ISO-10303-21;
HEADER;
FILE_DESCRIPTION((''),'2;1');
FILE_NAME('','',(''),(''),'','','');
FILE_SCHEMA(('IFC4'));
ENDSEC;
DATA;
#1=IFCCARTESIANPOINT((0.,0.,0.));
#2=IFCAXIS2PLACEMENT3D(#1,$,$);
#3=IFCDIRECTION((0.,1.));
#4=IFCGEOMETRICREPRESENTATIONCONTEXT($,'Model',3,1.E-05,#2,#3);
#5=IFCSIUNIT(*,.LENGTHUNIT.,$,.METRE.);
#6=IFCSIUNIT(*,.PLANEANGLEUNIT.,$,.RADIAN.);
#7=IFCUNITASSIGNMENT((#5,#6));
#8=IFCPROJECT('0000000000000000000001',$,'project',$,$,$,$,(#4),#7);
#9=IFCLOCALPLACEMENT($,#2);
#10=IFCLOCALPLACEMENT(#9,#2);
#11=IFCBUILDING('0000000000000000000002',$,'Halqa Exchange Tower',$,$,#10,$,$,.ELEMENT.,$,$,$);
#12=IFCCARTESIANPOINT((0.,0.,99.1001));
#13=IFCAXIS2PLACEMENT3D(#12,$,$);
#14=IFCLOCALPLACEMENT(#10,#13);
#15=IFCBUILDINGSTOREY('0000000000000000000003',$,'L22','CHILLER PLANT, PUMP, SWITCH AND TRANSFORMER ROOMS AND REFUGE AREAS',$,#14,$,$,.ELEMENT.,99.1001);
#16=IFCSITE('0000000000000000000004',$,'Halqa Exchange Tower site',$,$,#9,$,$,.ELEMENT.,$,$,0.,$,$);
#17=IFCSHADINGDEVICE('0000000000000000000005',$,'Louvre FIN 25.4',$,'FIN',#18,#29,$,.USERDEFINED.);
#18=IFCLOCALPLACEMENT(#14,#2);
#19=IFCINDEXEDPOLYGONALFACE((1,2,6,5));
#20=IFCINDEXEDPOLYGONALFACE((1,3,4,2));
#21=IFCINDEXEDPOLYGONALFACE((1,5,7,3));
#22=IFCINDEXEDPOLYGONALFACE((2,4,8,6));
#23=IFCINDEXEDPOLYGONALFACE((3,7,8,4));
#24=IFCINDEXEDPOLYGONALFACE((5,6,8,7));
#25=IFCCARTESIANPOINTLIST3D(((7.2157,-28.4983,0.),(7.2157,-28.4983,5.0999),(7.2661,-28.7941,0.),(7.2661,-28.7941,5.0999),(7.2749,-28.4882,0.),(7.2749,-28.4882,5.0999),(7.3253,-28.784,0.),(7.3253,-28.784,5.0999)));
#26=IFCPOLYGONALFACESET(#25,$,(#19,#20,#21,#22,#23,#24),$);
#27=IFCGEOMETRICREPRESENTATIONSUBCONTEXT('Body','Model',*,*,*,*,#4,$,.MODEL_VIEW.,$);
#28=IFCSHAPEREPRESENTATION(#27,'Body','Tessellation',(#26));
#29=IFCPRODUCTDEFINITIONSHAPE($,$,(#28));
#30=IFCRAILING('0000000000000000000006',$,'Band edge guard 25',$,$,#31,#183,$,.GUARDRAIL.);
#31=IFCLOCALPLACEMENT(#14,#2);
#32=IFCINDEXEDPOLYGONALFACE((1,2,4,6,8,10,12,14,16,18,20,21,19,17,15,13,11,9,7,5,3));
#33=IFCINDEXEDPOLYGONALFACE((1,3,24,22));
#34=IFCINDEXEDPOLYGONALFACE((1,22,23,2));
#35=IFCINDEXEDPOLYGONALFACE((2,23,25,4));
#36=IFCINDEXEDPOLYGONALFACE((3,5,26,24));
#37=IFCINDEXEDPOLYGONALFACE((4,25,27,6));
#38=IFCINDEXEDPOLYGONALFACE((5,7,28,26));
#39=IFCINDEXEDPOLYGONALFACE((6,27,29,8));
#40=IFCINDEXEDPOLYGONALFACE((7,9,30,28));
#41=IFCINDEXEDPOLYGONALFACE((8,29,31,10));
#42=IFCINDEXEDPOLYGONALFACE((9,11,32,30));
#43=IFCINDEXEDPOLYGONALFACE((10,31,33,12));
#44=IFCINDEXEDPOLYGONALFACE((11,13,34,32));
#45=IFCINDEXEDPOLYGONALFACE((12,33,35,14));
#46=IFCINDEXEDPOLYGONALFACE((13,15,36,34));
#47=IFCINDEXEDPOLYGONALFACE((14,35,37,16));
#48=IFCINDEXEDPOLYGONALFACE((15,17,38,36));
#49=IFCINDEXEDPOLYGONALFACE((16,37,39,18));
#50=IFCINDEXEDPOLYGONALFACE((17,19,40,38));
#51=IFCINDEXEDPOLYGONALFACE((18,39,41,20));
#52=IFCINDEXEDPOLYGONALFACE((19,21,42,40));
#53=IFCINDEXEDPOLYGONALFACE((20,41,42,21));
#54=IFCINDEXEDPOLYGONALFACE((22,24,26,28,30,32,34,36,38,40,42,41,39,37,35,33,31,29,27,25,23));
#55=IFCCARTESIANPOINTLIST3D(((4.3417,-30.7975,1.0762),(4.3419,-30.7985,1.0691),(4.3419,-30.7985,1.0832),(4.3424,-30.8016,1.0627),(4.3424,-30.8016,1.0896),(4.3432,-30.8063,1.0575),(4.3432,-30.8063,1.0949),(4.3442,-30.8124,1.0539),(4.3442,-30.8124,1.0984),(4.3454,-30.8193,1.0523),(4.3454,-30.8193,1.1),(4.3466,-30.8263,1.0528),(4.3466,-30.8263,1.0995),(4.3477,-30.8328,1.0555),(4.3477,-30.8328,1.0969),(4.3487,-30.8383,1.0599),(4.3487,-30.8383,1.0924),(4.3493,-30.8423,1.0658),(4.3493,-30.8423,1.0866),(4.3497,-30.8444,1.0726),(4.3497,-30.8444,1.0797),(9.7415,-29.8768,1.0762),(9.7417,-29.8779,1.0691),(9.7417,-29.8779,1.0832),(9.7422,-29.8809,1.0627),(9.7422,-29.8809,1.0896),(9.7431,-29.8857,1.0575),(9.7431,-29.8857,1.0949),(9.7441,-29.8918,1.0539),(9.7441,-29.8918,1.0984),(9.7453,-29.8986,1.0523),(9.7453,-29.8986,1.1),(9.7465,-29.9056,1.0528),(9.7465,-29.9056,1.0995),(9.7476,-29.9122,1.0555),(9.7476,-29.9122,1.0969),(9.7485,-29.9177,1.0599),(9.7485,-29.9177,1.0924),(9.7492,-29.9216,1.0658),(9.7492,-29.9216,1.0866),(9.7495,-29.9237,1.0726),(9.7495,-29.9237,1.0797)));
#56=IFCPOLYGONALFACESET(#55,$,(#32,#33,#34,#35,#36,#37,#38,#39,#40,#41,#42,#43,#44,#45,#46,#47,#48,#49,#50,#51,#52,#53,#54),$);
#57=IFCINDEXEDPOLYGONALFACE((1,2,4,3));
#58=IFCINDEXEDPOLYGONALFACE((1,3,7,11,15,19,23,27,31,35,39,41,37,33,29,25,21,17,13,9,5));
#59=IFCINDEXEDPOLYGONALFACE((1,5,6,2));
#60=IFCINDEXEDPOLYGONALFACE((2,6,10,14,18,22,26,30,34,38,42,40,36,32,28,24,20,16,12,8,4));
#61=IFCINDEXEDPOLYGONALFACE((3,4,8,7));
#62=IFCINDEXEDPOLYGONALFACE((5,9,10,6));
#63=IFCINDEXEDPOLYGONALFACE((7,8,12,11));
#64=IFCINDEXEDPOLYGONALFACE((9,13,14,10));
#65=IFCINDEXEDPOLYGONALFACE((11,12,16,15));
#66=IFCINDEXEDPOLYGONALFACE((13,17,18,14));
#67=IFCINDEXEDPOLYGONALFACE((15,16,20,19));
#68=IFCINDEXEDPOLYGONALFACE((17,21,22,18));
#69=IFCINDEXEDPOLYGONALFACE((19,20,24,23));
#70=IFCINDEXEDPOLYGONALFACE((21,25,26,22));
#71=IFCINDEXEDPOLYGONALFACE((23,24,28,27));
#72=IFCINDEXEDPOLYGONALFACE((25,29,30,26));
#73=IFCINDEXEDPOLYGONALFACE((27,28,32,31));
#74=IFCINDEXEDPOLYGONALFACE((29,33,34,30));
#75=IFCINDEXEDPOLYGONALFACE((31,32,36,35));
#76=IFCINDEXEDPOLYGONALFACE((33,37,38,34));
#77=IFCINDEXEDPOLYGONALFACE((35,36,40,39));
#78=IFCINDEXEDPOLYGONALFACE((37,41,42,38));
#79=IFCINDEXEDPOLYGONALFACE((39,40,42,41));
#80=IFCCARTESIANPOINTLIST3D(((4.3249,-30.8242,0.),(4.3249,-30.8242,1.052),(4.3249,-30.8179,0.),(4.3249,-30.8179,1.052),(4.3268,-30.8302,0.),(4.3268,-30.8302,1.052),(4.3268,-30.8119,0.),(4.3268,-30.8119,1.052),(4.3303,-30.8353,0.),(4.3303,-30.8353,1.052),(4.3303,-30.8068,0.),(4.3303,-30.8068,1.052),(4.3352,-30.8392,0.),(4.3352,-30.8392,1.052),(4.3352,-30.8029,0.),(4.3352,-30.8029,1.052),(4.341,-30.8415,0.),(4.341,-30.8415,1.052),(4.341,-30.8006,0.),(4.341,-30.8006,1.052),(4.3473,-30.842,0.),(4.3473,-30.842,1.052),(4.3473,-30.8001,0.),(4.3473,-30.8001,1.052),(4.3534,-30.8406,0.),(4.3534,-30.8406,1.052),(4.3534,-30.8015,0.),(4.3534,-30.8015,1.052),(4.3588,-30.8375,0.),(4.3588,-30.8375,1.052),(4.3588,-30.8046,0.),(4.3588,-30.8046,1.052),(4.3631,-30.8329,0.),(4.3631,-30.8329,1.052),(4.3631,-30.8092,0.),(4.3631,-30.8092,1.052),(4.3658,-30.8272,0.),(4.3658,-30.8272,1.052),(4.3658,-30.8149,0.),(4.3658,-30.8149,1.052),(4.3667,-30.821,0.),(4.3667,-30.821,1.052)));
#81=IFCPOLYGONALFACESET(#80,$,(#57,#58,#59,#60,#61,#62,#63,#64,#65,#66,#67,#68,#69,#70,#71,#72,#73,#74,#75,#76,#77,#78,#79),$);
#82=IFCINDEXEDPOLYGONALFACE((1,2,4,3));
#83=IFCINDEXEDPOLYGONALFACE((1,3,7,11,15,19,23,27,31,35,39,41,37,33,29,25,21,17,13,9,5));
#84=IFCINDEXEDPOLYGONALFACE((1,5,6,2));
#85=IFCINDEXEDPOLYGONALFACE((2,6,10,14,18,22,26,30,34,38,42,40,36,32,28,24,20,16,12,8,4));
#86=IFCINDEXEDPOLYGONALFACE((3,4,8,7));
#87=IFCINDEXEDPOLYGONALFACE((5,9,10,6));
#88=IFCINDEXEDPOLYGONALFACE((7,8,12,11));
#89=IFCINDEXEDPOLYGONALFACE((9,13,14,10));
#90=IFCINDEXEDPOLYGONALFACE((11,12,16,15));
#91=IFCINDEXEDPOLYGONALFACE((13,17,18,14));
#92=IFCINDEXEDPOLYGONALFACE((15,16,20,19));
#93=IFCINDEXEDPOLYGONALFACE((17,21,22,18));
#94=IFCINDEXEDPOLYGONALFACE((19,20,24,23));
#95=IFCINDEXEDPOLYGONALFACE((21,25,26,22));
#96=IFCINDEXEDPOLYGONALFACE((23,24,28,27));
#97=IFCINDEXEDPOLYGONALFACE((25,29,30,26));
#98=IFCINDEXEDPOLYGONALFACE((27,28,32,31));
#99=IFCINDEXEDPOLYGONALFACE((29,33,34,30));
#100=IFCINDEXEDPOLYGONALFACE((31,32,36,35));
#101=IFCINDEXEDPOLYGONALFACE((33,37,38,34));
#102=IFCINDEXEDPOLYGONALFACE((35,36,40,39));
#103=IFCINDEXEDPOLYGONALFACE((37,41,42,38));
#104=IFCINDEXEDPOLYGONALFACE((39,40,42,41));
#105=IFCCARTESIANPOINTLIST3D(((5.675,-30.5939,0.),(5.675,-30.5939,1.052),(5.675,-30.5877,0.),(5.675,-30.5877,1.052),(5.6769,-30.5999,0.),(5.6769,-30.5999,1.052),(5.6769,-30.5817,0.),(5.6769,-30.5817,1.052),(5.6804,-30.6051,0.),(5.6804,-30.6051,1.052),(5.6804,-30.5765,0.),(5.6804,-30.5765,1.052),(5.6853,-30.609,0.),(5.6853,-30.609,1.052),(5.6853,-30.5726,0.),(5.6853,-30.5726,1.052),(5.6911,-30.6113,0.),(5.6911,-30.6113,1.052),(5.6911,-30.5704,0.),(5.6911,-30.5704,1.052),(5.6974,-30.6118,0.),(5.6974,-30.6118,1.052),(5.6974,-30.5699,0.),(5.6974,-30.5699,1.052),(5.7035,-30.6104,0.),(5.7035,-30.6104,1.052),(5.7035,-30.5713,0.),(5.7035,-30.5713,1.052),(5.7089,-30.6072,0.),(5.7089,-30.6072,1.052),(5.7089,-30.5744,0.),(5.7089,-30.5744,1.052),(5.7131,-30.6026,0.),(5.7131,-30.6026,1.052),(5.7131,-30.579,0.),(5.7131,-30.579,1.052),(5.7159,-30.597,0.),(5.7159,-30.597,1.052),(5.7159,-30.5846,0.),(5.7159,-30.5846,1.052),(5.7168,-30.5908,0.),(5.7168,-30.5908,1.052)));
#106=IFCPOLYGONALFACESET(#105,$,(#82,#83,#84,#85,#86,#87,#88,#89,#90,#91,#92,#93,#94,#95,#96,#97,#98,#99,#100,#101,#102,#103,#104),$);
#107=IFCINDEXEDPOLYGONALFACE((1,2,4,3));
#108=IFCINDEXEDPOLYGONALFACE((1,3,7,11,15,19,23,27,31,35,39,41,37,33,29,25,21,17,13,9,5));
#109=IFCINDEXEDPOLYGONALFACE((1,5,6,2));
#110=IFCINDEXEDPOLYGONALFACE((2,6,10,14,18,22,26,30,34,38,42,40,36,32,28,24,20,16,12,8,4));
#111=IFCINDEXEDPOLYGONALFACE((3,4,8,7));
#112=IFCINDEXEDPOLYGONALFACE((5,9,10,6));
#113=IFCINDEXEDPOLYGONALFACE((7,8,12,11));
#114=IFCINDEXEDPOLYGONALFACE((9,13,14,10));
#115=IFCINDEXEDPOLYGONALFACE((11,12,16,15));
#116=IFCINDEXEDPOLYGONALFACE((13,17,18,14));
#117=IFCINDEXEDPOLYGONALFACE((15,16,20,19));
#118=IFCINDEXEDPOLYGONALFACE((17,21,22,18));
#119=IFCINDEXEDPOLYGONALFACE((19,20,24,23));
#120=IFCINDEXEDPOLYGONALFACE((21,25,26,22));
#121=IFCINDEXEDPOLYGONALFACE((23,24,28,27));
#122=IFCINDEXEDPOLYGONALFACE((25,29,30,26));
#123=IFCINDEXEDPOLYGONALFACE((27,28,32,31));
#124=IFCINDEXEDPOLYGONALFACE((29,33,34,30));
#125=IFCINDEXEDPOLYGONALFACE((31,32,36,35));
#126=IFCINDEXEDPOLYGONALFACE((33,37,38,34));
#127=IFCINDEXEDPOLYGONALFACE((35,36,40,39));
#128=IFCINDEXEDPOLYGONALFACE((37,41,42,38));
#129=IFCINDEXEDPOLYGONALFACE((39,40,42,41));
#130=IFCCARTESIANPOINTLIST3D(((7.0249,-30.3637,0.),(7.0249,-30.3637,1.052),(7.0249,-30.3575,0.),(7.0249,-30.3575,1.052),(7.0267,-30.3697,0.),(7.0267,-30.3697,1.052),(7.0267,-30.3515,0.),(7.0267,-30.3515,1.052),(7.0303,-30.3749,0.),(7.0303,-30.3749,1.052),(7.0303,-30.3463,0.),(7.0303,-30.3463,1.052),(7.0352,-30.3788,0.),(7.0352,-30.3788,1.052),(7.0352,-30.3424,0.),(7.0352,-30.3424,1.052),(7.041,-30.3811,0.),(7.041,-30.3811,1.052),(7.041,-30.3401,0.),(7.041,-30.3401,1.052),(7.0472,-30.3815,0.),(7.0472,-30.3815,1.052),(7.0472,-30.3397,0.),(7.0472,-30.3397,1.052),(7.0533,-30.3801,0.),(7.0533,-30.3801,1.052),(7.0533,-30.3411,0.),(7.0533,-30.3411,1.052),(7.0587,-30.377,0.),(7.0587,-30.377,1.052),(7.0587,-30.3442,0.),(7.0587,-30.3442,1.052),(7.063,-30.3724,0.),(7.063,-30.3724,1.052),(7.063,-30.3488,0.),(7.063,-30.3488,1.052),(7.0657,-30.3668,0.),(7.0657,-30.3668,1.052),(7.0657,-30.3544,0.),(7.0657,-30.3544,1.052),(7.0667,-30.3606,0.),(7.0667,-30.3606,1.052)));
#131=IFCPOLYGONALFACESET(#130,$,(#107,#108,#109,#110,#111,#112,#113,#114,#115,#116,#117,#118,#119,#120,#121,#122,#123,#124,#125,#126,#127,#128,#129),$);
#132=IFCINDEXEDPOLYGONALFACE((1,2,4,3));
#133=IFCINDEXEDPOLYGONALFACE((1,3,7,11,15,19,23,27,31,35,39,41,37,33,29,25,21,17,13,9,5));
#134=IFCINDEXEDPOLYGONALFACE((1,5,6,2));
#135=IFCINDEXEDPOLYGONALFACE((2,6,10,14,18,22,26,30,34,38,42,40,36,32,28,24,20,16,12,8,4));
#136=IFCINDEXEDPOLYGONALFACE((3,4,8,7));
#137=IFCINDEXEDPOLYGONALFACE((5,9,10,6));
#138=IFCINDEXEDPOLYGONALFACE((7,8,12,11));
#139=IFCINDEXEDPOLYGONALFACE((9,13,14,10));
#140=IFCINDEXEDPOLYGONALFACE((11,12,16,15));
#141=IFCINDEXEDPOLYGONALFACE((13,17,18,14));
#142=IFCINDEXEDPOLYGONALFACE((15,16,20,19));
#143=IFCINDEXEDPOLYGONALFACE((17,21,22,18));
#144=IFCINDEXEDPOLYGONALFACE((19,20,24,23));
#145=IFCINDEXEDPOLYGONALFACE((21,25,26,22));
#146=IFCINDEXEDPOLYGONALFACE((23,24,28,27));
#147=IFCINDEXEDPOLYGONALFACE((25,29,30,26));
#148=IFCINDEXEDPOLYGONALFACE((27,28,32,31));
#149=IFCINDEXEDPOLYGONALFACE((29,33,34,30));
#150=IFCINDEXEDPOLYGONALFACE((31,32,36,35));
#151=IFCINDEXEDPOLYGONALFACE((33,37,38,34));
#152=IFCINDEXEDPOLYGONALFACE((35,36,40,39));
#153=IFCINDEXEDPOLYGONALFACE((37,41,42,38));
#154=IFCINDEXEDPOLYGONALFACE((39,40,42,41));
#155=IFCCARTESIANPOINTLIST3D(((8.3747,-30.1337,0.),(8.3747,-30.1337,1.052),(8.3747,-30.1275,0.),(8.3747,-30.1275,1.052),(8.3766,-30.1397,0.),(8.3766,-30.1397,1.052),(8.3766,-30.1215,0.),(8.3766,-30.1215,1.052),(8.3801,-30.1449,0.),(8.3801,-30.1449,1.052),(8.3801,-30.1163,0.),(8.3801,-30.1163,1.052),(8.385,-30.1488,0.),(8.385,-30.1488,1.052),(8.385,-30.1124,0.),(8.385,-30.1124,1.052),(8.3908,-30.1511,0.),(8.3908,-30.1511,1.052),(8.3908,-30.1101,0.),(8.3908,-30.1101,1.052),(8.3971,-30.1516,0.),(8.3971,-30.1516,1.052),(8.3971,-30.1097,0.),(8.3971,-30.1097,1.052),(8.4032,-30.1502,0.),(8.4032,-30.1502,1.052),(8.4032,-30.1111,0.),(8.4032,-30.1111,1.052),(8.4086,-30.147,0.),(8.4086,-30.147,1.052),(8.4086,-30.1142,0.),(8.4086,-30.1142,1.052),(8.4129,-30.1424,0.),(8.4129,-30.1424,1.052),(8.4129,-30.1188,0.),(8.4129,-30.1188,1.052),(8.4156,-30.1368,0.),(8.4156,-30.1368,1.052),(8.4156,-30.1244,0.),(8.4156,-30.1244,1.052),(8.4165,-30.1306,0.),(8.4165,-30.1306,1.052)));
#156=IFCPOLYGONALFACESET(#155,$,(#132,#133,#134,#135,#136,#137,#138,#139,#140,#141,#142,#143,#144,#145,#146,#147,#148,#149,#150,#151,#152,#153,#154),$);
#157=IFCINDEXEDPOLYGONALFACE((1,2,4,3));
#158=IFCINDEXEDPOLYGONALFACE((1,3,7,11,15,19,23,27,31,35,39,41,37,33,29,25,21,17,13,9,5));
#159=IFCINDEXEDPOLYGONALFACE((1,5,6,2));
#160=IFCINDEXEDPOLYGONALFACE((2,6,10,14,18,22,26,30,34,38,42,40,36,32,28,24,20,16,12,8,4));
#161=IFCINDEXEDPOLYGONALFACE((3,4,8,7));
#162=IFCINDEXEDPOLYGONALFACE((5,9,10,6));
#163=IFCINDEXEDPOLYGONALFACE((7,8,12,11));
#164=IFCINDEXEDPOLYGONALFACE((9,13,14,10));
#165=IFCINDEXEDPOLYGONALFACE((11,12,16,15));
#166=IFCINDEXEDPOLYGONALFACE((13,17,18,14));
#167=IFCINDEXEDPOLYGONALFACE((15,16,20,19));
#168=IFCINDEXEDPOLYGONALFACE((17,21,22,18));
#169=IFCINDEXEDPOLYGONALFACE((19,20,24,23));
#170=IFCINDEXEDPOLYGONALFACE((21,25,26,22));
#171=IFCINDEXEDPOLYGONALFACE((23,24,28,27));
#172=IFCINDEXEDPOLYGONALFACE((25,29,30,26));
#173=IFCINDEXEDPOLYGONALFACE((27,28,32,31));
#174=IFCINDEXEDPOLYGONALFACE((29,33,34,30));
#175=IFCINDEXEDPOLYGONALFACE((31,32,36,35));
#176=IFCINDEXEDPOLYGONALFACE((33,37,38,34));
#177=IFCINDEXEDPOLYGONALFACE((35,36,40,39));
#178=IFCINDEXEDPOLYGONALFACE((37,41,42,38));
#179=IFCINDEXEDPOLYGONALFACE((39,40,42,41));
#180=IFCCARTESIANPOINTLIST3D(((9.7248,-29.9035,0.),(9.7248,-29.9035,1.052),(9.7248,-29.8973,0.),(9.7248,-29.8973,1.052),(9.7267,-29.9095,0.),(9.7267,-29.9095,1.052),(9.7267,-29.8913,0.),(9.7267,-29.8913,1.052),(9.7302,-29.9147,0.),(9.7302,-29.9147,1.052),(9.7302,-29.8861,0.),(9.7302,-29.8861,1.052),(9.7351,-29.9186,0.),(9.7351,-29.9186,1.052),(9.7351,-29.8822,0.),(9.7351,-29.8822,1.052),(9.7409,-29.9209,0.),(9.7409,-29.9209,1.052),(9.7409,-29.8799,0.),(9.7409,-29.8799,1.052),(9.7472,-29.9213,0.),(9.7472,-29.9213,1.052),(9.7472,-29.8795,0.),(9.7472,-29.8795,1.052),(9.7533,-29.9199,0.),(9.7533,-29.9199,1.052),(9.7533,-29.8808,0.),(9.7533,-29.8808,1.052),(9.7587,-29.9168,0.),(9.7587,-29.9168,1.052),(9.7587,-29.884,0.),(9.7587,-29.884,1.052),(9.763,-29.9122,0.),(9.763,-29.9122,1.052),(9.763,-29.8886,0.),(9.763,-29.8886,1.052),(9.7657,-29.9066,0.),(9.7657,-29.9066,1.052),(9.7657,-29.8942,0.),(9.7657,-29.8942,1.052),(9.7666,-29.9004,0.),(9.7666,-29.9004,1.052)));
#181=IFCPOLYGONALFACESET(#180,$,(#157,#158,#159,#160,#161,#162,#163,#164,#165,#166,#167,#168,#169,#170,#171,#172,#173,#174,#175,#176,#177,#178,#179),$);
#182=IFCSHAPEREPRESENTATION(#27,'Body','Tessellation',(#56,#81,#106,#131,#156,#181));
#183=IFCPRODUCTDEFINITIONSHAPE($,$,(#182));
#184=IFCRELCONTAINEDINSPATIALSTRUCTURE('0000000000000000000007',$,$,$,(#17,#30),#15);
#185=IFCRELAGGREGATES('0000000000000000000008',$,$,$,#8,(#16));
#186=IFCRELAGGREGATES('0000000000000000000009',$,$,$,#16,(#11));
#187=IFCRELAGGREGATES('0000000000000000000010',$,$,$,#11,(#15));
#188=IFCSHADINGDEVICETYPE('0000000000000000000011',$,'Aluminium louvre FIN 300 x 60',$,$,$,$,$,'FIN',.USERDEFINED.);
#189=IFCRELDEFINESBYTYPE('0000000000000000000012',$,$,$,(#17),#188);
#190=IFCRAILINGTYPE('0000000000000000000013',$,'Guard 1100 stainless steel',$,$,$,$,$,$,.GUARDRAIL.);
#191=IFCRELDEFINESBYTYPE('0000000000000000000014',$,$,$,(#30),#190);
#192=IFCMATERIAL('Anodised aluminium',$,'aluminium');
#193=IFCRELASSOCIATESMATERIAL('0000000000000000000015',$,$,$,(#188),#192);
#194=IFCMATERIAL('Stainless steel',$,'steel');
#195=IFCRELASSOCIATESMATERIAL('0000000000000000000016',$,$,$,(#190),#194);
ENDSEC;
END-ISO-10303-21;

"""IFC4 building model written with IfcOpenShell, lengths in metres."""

from ifc_helpers import new_model, si_unit, direction, frame, origin, origin_2d, place, context, subcontext, project, spatial, rectangle, circle, extrude, material, material_profile, profile_set, type_object, element, save


model = new_model("IFC4")

# Units and contexts
model_context = context("Model", 3, precision=1e-05, world=origin(), true_north=direction((0.0, 1.0)))
body_context = subcontext(model_context, "Body", "Model", "MODEL_VIEW")
ifc_project = project(units=[si_unit("LENGTHUNIT", "METRE"), si_unit("PLANEANGLEUNIT", "RADIAN")], contexts=[model_context])

# Site, building, storey
site_placement = place(None, origin())
site = spatial("IfcSite", under=ifc_project, at=site_placement, Name="Halqa Exchange Tower site", CompositionType="ELEMENT", RefElevation=0.0)
building_placement = place(site_placement, origin())
building = spatial("IfcBuilding", under=site, at=building_placement, Name="Halqa Exchange Tower", CompositionType="ELEMENT")
storey_placement = place(building_placement, frame((0.0, 0.0, 99.1001)))
storey = spatial("IfcBuildingStorey", under=building, at=storey_placement, Name="L22", Description="CHILLER PLANT, PUMP, SWITCH AND TRANSFORMER ROOMS AND REFUGE AREAS", CompositionType="ELEMENT", Elevation=99.1001)

# Shading device
ifc_material_1 = material(Name="Anodised aluminium", Category="aluminium")
ifc_material_profile_1 = material_profile(ifc_material_1, rectangle(XDim=0.3, YDim=0.0601, at=origin_2d()), Name="AL FIN 300x60")
ifc_profile_set_1 = profile_set([ifc_material_profile_1], Name="Anodised aluminium")
shading_device_type = type_object("IfcShadingDeviceType", Name="Aluminium louvre FIN 300 x 60", ElementType="FIN", PredefinedType="USERDEFINED", material=ifc_profile_set_1)
for number, where, z_axis, x_axis, name in (
    (1, (7.2705, -28.6411, 0.0), (0.0, 0.0, 1.0), (-0.168068, 0.985775, 0.0), "Louvre FIN 25.4"),
):
    element("IfcShadingDevice", number, at=place(storey_placement, frame(where, z_axis=z_axis, x_axis=x_axis)), inside=storey, type_object=shading_device_type, Name=name, ObjectType="FIN", PredefinedType="USERDEFINED", context=body_context, shape_type="SweptSolid", body=[
        extrude(rectangle(XDim=0.3, YDim=0.0601, at=origin_2d()), origin(), (0.0, 0.0, 1.0), 5.0999),
    ])

# Railing
ifc_material_2 = material(Name="Stainless steel", Category="steel")
railing_type = type_object("IfcRailingType", Name="Guard 1100 stainless steel", PredefinedType="GUARDRAIL", material=ifc_material_2)
railing_1_placement = place(storey_placement, frame((4.3457, -30.821, 0.0)))
element("IfcRailing", 2, at=railing_1_placement, inside=storey, type_object=railing_type, Name="Band edge guard 25", PredefinedType="GUARDRAIL", context=body_context, shape_type="SweptSolid", body=[
    extrude(circle(Radius=0.0239, at=origin_2d()), frame((0.0, 0.0, 1.0762), z_axis=(0.985775, 0.168069, 0.0), x_axis=(-0.168069, 0.985775, 0.0)), (0.0, 0.0, 1.0), 5.4778),
    extrude(circle(Radius=0.021, at=origin_2d()), origin(), (0.0, 0.0, 1.0), 1.052),
    extrude(circle(Radius=0.021, at=origin_2d()), frame((1.3501, 0.2302, 0.0)), (0.0, 0.0, 1.0), 1.052),
    extrude(circle(Radius=0.021, at=origin_2d()), frame((2.7, 0.4604, 0.0)), (0.0, 0.0, 1.0), 1.052),
    extrude(circle(Radius=0.021, at=origin_2d()), frame((4.0498, 0.6904, 0.0)), (0.0, 0.0, 1.0), 1.052),
    extrude(circle(Radius=0.021, at=origin_2d()), frame((5.3999, 0.9207, 0.0)), (0.0, 0.0, 1.0), 1.052),
])

save(model, "model.ifc")
